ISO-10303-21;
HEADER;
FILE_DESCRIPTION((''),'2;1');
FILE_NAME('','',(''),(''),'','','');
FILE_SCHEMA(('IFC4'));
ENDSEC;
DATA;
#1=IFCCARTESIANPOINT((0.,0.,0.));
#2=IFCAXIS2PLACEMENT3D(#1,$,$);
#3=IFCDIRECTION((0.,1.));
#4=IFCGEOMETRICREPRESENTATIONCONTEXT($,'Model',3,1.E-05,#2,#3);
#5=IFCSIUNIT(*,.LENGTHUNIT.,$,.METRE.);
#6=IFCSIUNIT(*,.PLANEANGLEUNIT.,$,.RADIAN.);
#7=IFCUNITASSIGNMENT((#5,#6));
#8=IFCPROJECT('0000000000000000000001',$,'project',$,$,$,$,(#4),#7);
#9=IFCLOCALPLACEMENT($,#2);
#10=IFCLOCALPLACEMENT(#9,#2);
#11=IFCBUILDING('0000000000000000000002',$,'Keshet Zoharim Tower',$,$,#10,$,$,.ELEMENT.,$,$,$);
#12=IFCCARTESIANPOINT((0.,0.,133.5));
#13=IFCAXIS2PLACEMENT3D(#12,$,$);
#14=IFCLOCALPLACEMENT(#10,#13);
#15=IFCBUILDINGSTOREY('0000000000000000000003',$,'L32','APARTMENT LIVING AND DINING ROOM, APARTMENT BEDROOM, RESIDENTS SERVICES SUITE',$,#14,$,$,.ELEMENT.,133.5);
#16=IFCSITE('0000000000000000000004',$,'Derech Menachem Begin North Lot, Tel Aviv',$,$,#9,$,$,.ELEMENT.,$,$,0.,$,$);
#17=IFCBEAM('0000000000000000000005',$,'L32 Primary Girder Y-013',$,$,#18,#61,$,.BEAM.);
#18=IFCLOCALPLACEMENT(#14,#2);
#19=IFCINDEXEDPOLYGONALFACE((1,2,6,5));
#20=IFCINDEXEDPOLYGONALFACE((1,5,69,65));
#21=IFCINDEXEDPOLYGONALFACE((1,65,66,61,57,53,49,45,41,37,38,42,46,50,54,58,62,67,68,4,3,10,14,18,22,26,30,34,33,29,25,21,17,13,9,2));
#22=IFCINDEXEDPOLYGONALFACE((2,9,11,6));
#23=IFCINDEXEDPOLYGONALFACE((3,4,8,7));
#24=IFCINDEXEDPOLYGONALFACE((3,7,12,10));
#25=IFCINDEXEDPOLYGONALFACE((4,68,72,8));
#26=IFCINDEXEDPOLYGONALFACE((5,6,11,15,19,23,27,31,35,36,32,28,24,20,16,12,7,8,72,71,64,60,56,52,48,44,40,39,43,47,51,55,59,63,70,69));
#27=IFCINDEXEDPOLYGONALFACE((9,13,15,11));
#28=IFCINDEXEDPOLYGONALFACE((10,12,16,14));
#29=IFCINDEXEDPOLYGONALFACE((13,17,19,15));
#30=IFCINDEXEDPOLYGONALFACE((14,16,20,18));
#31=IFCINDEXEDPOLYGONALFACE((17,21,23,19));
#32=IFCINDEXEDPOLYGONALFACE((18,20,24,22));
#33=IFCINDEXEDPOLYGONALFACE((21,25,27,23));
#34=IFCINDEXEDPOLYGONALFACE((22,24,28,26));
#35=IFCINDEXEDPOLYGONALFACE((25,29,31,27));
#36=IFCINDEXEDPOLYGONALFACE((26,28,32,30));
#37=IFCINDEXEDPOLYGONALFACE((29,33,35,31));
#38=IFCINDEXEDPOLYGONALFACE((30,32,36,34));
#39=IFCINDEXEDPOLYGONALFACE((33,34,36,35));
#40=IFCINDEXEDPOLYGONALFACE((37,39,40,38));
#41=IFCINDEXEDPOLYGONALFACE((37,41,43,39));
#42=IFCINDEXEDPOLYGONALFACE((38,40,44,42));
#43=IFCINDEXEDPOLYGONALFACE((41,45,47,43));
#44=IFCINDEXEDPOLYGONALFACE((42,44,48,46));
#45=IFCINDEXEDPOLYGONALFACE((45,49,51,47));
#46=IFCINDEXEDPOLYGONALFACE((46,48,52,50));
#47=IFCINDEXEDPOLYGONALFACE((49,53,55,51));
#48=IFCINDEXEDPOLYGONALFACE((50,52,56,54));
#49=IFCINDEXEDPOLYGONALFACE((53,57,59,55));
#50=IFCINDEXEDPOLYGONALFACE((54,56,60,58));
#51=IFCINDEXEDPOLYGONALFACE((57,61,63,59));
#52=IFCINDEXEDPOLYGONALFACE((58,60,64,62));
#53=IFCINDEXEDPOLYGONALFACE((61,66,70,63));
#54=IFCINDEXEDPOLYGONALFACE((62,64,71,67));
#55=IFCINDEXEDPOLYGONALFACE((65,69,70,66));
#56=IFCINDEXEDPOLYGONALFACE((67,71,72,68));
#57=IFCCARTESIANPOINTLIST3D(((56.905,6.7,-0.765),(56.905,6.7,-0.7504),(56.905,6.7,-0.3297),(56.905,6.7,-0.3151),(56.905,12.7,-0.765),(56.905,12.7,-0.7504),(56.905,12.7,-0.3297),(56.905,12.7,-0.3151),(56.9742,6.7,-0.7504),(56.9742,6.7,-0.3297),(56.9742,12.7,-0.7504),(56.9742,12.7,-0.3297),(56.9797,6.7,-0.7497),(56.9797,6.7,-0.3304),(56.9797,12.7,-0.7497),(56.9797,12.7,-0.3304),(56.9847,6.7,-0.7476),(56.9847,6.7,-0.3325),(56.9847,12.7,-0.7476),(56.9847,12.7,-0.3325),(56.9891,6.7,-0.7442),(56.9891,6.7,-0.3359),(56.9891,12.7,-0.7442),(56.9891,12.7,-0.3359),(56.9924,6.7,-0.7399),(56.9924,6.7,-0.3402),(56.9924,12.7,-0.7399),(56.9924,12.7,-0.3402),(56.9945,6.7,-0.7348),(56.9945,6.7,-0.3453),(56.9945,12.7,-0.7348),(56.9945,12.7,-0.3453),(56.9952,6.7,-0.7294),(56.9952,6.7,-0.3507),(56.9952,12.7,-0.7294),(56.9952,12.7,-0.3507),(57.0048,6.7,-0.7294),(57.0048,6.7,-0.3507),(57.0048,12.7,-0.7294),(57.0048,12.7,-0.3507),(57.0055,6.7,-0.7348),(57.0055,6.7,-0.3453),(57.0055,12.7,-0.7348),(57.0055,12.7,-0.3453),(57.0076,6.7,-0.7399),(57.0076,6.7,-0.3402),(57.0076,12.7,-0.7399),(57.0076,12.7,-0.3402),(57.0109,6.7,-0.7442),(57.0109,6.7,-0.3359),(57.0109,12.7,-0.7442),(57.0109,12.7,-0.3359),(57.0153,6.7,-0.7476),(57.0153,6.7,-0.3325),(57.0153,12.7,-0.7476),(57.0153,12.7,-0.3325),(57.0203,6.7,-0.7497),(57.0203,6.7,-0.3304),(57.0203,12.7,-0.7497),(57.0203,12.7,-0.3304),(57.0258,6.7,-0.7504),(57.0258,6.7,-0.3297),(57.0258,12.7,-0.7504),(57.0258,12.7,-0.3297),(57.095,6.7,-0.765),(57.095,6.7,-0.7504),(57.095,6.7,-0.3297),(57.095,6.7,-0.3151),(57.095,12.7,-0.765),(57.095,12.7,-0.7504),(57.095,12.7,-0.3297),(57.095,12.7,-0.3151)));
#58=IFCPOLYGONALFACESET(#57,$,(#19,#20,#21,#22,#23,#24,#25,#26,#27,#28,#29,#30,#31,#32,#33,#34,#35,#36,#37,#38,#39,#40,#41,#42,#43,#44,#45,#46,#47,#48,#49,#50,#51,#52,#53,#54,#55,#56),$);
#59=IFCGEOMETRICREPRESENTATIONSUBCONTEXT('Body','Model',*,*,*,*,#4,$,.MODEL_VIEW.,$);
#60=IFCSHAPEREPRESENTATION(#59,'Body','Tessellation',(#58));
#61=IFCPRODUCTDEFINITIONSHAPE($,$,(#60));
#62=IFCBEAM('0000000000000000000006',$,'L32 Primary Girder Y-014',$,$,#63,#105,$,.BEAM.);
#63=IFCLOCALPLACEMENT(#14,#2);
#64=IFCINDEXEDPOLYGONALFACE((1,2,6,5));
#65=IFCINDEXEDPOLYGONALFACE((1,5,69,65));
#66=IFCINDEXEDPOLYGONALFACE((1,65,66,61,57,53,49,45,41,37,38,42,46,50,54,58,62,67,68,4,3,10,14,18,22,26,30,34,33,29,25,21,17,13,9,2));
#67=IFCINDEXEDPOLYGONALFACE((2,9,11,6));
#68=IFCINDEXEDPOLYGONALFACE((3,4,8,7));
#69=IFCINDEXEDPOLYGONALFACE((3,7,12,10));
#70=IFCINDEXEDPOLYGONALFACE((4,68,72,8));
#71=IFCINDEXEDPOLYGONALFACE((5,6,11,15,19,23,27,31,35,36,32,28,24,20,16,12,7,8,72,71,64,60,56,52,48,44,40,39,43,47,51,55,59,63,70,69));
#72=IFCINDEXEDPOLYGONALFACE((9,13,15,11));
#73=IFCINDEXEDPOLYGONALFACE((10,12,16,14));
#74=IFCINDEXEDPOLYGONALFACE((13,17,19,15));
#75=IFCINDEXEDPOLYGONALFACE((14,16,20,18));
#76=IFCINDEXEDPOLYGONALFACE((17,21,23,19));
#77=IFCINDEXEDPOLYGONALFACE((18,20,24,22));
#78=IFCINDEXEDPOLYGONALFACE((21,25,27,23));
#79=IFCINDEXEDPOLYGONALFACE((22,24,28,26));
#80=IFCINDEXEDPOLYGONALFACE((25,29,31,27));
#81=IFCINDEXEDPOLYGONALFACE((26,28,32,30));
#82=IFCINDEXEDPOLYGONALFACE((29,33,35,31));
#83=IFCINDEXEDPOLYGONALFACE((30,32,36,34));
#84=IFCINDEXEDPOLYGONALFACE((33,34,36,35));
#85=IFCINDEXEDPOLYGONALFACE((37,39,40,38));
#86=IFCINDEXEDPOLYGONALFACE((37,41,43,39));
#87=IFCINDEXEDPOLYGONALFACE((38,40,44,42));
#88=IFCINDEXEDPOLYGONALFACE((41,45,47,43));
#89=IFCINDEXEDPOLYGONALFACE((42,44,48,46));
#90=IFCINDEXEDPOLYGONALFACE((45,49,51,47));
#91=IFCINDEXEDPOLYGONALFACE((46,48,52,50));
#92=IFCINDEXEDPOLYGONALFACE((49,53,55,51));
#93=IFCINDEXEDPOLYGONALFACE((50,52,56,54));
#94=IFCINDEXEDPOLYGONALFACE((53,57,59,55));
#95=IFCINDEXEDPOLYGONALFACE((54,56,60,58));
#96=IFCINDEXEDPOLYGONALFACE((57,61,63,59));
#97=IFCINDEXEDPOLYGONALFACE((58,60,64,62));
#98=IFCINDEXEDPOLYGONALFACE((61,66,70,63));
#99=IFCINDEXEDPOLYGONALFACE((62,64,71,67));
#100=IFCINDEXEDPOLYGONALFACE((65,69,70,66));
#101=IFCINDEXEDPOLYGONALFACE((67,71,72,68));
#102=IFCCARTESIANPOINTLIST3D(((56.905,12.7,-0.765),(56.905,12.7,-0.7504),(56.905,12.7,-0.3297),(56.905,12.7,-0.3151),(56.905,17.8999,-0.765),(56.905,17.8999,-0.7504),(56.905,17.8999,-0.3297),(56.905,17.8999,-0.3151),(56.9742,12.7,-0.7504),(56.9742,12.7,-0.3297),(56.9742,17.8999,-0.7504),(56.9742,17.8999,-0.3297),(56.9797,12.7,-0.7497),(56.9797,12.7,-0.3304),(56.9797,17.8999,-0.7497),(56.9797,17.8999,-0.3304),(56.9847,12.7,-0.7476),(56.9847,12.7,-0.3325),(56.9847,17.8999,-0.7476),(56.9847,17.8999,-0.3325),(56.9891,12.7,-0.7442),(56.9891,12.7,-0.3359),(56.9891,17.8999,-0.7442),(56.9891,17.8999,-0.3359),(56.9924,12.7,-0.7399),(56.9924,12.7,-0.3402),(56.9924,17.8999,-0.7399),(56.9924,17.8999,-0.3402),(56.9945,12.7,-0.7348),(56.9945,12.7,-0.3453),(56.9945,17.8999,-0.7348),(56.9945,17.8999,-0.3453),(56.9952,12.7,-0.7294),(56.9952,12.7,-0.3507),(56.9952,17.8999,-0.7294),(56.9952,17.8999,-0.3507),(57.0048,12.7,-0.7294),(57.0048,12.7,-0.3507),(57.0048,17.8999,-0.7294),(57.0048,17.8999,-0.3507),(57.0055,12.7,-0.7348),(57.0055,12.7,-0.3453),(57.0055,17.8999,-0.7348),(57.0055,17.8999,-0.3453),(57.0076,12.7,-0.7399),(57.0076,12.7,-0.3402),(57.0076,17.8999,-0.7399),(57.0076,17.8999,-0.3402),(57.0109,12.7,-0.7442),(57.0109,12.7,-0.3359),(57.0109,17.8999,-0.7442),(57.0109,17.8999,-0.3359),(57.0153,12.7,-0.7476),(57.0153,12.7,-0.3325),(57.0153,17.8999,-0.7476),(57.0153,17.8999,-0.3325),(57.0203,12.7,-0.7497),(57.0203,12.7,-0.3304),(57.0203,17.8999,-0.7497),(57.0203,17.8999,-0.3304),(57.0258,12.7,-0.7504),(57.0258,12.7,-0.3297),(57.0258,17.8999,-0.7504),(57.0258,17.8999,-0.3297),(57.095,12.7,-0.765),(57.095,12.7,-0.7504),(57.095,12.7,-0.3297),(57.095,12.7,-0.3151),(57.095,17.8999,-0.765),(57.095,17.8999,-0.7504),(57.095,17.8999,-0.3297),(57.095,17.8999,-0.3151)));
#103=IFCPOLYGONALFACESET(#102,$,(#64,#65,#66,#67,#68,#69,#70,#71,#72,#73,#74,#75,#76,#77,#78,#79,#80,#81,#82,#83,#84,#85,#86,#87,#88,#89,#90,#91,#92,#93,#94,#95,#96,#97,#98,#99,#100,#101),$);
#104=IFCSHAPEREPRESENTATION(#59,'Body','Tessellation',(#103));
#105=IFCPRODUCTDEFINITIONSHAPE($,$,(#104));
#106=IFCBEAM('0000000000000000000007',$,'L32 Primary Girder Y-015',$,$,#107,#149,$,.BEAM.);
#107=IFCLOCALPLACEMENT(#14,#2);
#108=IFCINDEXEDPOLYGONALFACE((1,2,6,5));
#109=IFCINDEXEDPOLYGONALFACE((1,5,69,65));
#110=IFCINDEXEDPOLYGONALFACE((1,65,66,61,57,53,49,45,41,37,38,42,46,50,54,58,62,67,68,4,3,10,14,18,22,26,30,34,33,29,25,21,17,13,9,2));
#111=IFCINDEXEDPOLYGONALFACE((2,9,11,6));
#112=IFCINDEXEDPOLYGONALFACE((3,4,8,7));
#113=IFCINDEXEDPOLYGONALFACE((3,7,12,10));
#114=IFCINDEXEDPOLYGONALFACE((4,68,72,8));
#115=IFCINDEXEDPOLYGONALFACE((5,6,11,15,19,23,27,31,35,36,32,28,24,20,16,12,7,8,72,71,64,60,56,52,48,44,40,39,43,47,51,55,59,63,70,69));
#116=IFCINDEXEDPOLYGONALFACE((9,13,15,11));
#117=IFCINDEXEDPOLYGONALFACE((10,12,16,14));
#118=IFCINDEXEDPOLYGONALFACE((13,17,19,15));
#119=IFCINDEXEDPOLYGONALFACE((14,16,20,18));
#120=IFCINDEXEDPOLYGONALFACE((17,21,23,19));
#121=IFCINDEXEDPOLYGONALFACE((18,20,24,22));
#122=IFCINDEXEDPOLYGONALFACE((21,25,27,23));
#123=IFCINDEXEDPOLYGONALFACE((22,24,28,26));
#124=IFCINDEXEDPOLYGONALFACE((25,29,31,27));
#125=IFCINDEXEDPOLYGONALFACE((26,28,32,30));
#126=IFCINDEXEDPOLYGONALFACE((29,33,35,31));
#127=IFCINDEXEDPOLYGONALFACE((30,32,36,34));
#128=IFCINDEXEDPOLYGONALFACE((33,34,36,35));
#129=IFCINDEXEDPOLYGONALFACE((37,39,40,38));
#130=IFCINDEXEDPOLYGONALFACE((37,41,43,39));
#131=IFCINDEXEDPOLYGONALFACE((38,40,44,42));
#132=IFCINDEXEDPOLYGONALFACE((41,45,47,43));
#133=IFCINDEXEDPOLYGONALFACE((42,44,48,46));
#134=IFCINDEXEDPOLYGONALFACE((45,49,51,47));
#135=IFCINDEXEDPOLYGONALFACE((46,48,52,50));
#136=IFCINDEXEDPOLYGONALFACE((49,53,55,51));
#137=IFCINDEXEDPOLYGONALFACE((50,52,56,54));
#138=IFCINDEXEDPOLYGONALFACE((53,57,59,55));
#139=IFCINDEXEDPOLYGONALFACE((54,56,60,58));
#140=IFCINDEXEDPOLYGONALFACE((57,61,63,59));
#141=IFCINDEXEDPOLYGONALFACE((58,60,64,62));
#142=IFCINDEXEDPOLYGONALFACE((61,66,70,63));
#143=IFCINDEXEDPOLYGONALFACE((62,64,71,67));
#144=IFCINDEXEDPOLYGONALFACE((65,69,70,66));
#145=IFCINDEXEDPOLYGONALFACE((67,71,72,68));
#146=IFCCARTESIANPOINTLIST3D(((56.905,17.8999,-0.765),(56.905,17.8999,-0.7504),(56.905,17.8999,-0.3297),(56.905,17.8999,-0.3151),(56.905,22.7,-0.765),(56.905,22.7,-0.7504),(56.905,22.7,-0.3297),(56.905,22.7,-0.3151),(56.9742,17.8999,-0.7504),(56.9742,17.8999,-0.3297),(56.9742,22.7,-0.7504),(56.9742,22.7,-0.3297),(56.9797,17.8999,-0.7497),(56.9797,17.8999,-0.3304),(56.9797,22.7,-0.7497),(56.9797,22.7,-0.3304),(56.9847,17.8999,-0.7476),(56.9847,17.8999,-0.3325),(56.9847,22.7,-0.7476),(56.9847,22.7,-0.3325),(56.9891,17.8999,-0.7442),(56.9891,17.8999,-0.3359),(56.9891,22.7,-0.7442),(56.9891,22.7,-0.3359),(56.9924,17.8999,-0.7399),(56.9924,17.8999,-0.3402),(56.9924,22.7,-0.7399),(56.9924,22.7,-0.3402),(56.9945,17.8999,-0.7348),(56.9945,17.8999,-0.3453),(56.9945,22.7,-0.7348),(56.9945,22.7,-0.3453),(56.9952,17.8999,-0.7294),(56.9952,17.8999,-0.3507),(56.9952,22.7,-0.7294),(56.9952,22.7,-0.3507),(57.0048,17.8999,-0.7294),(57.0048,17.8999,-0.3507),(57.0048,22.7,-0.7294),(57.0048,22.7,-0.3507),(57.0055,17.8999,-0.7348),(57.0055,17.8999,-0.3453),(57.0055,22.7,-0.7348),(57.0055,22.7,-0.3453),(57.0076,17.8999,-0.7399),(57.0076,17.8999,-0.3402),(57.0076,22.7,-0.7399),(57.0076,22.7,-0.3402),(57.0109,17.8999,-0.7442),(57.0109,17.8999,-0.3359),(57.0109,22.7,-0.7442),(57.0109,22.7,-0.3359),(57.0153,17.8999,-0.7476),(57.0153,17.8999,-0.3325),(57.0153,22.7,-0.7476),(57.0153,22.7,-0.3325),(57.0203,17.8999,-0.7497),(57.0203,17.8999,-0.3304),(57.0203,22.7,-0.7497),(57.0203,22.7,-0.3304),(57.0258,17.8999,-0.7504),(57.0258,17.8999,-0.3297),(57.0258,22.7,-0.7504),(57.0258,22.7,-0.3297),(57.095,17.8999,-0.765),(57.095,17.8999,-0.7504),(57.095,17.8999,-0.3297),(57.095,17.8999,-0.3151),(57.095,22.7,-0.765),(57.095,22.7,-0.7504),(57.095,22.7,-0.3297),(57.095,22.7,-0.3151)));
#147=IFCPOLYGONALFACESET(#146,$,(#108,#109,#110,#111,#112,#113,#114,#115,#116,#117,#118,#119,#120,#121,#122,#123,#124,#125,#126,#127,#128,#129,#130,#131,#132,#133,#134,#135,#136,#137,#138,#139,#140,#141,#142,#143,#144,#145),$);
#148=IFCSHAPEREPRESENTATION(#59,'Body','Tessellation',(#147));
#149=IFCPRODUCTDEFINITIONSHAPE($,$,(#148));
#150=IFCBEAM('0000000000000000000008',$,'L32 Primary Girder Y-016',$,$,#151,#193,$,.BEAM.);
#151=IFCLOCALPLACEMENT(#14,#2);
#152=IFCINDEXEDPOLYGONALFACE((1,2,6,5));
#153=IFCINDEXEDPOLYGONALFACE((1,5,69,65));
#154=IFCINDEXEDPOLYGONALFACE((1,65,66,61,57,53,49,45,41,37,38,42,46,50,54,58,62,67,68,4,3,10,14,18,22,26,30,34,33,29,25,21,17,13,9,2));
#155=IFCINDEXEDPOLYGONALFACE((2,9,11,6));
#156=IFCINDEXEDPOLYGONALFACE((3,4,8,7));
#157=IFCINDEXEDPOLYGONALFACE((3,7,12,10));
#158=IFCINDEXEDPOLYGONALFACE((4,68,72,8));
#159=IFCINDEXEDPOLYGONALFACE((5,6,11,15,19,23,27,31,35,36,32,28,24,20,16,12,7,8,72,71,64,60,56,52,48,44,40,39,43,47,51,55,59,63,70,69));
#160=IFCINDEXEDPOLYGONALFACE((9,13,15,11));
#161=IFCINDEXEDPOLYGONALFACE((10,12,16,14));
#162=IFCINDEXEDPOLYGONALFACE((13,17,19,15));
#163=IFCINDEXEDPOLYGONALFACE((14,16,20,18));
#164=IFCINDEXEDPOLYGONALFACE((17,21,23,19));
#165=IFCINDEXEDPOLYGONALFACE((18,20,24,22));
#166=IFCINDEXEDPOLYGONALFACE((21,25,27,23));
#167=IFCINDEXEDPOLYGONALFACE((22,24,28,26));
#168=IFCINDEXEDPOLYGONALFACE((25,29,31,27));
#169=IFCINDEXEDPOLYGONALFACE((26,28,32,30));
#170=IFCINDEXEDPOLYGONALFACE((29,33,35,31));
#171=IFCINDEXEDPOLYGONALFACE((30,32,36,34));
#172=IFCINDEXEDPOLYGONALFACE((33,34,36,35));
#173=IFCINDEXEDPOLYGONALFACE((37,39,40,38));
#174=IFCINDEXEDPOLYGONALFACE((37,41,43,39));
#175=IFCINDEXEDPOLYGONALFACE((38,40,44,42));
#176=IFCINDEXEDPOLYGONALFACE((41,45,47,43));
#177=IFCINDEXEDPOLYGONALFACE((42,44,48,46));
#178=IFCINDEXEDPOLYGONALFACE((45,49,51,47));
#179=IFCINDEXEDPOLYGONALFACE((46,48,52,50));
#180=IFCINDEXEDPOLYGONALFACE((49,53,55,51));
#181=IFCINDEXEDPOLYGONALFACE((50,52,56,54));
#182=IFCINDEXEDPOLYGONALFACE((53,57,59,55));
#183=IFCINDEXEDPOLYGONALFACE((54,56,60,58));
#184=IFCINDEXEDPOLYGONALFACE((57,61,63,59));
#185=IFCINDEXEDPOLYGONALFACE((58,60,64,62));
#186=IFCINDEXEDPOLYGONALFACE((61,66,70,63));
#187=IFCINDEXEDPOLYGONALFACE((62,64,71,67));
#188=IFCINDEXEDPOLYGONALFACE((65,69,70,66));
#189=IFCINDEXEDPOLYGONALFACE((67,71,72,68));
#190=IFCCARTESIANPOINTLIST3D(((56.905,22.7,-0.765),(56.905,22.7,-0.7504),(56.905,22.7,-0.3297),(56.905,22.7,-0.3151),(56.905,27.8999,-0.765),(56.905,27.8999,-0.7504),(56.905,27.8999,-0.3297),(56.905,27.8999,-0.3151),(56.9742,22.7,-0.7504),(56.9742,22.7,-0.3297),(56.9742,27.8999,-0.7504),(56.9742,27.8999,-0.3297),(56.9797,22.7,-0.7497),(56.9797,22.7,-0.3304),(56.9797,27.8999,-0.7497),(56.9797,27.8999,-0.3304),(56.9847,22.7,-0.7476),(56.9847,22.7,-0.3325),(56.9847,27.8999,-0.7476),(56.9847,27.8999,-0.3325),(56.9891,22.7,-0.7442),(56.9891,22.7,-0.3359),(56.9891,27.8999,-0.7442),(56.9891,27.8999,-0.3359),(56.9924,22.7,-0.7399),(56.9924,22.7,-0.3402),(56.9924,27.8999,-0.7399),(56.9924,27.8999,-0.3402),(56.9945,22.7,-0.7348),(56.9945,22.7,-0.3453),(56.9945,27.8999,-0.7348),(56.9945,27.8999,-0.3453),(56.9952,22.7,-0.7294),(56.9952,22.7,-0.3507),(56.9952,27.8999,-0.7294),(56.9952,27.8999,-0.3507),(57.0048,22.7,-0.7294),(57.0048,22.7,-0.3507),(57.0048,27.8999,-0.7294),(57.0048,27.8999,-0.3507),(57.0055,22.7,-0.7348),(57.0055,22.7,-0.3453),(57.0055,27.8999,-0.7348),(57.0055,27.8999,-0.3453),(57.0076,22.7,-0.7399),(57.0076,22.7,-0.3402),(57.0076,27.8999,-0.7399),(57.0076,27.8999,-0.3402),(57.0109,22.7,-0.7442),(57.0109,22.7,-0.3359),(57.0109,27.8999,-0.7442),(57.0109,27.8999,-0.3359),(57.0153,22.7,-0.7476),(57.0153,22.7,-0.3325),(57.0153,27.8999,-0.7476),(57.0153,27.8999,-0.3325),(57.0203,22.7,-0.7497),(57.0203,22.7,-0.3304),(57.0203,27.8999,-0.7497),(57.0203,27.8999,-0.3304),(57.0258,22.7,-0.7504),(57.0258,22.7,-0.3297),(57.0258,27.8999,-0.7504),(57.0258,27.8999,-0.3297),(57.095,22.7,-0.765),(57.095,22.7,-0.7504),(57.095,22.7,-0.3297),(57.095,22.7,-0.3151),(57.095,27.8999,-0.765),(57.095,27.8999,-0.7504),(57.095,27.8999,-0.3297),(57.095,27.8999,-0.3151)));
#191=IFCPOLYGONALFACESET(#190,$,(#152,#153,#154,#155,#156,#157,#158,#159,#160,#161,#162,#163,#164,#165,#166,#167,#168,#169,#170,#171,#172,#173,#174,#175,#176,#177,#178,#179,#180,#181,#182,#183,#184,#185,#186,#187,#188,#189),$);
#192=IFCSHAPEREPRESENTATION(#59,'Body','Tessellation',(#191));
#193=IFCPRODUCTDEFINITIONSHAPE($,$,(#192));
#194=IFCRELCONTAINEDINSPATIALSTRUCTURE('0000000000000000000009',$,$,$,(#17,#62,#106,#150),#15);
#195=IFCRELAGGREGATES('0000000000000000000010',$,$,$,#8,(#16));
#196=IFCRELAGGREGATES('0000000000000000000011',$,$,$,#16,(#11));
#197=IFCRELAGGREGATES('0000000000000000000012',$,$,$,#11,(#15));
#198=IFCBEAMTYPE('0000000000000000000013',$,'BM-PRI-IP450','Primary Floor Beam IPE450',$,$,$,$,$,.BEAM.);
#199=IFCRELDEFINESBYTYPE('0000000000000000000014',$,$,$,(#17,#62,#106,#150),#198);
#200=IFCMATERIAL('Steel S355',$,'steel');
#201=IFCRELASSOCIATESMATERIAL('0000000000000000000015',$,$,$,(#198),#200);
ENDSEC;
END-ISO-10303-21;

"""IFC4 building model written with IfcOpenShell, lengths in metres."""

from ifc_helpers import new_model, si_unit, direction, frame, origin, origin_2d, place, context, subcontext, project, spatial, i_section, extrude, material, material_profile, profile_set, type_object, element, save


model = new_model("IFC4")

# Units and contexts
model_context = context("Model", 3, precision=1e-05, world=origin(), true_north=direction((0.0, 1.0)))
body_context = subcontext(model_context, "Body", "Model", "MODEL_VIEW")
ifc_project = project(units=[si_unit("LENGTHUNIT", "METRE"), si_unit("PLANEANGLEUNIT", "RADIAN")], contexts=[model_context])

# Site, building, storey
site_placement = place(None, origin())
site = spatial("IfcSite", under=ifc_project, at=site_placement, Name="Derech Menachem Begin North Lot, Tel Aviv", CompositionType="ELEMENT", RefElevation=0.0)
building_placement = place(site_placement, origin())
building = spatial("IfcBuilding", under=site, at=building_placement, Name="Keshet Zoharim Tower", CompositionType="ELEMENT")
storey_placement = place(building_placement, frame((0.0, 0.0, 133.5)))
storey = spatial("IfcBuildingStorey", under=building, at=storey_placement, Name="L32", Description="APARTMENT LIVING AND DINING ROOM, APARTMENT BEDROOM, RESIDENTS SERVICES SUITE", CompositionType="ELEMENT", Elevation=133.5)

# Shared definitions
ifc_material_1 = material(Name="Steel S355", Category="steel")

# Beams
ifc_material_profile_1 = material_profile(ifc_material_1, i_section(OverallWidth=0.1899, OverallDepth=0.45, WebThickness=0.0095, FlangeThickness=0.0146, FilletRadius=0.021, at=origin_2d()), Name="IPE450")
ifc_profile_set_1 = profile_set([ifc_material_profile_1], Name="Steel S355")
beam_type = type_object("IfcBeamType", Name="BM-PRI-IP450", Description="Primary Floor Beam IPE450", PredefinedType="BEAM", material=ifc_profile_set_1)
beam_1_placement = place(storey_placement, frame((57.0, 6.7, -0.54), z_axis=(0.0, 1.0, 0.0), x_axis=(-1.0, 0.0, 0.0)))
element("IfcBeam", 1, at=beam_1_placement, inside=storey, type_object=beam_type, Name="L32 Primary Girder Y-013", PredefinedType="BEAM", context=body_context, shape_type="SweptSolid", body=[
    extrude(i_section(OverallWidth=0.1899, OverallDepth=0.45, WebThickness=0.0095, FlangeThickness=0.0146, FilletRadius=0.021, at=origin_2d()), origin(), (0.0, 0.0, 1.0), 6.0),
])
beam_2_placement = place(storey_placement, frame((57.0, 12.7, -0.54), z_axis=(0.0, 1.0, 0.0), x_axis=(-1.0, 0.0, 0.0)))
element("IfcBeam", 2, at=beam_2_placement, inside=storey, type_object=beam_type, Name="L32 Primary Girder Y-014", PredefinedType="BEAM", context=body_context, shape_type="SweptSolid", body=[
    extrude(i_section(OverallWidth=0.1899, OverallDepth=0.45, WebThickness=0.0095, FlangeThickness=0.0146, FilletRadius=0.021, at=origin_2d()), origin(), (0.0, 0.0, 1.0), 5.2),
])
beam_3_placement = place(storey_placement, frame((57.0, 17.8999, -0.54), z_axis=(0.0, 1.0, 0.0), x_axis=(-1.0, 0.0, 0.0)))
element("IfcBeam", 3, at=beam_3_placement, inside=storey, type_object=beam_type, Name="L32 Primary Girder Y-015", PredefinedType="BEAM", context=body_context, shape_type="SweptSolid", body=[
    extrude(i_section(OverallWidth=0.1899, OverallDepth=0.45, WebThickness=0.0095, FlangeThickness=0.0146, FilletRadius=0.021, at=origin_2d()), origin(), (0.0, 0.0, 1.0), 4.8),
])
beam_4_placement = place(storey_placement, frame((57.0, 22.7, -0.54), z_axis=(0.0, 1.0, 0.0), x_axis=(-1.0, 0.0, 0.0)))
element("IfcBeam", 4, at=beam_4_placement, inside=storey, type_object=beam_type, Name="L32 Primary Girder Y-016", PredefinedType="BEAM", context=body_context, shape_type="SweptSolid", body=[
    extrude(i_section(OverallWidth=0.1899, OverallDepth=0.45, WebThickness=0.0095, FlangeThickness=0.0146, FilletRadius=0.021, at=origin_2d()), origin(), (0.0, 0.0, 1.0), 5.2),
])

save(model, "model.ifc")
